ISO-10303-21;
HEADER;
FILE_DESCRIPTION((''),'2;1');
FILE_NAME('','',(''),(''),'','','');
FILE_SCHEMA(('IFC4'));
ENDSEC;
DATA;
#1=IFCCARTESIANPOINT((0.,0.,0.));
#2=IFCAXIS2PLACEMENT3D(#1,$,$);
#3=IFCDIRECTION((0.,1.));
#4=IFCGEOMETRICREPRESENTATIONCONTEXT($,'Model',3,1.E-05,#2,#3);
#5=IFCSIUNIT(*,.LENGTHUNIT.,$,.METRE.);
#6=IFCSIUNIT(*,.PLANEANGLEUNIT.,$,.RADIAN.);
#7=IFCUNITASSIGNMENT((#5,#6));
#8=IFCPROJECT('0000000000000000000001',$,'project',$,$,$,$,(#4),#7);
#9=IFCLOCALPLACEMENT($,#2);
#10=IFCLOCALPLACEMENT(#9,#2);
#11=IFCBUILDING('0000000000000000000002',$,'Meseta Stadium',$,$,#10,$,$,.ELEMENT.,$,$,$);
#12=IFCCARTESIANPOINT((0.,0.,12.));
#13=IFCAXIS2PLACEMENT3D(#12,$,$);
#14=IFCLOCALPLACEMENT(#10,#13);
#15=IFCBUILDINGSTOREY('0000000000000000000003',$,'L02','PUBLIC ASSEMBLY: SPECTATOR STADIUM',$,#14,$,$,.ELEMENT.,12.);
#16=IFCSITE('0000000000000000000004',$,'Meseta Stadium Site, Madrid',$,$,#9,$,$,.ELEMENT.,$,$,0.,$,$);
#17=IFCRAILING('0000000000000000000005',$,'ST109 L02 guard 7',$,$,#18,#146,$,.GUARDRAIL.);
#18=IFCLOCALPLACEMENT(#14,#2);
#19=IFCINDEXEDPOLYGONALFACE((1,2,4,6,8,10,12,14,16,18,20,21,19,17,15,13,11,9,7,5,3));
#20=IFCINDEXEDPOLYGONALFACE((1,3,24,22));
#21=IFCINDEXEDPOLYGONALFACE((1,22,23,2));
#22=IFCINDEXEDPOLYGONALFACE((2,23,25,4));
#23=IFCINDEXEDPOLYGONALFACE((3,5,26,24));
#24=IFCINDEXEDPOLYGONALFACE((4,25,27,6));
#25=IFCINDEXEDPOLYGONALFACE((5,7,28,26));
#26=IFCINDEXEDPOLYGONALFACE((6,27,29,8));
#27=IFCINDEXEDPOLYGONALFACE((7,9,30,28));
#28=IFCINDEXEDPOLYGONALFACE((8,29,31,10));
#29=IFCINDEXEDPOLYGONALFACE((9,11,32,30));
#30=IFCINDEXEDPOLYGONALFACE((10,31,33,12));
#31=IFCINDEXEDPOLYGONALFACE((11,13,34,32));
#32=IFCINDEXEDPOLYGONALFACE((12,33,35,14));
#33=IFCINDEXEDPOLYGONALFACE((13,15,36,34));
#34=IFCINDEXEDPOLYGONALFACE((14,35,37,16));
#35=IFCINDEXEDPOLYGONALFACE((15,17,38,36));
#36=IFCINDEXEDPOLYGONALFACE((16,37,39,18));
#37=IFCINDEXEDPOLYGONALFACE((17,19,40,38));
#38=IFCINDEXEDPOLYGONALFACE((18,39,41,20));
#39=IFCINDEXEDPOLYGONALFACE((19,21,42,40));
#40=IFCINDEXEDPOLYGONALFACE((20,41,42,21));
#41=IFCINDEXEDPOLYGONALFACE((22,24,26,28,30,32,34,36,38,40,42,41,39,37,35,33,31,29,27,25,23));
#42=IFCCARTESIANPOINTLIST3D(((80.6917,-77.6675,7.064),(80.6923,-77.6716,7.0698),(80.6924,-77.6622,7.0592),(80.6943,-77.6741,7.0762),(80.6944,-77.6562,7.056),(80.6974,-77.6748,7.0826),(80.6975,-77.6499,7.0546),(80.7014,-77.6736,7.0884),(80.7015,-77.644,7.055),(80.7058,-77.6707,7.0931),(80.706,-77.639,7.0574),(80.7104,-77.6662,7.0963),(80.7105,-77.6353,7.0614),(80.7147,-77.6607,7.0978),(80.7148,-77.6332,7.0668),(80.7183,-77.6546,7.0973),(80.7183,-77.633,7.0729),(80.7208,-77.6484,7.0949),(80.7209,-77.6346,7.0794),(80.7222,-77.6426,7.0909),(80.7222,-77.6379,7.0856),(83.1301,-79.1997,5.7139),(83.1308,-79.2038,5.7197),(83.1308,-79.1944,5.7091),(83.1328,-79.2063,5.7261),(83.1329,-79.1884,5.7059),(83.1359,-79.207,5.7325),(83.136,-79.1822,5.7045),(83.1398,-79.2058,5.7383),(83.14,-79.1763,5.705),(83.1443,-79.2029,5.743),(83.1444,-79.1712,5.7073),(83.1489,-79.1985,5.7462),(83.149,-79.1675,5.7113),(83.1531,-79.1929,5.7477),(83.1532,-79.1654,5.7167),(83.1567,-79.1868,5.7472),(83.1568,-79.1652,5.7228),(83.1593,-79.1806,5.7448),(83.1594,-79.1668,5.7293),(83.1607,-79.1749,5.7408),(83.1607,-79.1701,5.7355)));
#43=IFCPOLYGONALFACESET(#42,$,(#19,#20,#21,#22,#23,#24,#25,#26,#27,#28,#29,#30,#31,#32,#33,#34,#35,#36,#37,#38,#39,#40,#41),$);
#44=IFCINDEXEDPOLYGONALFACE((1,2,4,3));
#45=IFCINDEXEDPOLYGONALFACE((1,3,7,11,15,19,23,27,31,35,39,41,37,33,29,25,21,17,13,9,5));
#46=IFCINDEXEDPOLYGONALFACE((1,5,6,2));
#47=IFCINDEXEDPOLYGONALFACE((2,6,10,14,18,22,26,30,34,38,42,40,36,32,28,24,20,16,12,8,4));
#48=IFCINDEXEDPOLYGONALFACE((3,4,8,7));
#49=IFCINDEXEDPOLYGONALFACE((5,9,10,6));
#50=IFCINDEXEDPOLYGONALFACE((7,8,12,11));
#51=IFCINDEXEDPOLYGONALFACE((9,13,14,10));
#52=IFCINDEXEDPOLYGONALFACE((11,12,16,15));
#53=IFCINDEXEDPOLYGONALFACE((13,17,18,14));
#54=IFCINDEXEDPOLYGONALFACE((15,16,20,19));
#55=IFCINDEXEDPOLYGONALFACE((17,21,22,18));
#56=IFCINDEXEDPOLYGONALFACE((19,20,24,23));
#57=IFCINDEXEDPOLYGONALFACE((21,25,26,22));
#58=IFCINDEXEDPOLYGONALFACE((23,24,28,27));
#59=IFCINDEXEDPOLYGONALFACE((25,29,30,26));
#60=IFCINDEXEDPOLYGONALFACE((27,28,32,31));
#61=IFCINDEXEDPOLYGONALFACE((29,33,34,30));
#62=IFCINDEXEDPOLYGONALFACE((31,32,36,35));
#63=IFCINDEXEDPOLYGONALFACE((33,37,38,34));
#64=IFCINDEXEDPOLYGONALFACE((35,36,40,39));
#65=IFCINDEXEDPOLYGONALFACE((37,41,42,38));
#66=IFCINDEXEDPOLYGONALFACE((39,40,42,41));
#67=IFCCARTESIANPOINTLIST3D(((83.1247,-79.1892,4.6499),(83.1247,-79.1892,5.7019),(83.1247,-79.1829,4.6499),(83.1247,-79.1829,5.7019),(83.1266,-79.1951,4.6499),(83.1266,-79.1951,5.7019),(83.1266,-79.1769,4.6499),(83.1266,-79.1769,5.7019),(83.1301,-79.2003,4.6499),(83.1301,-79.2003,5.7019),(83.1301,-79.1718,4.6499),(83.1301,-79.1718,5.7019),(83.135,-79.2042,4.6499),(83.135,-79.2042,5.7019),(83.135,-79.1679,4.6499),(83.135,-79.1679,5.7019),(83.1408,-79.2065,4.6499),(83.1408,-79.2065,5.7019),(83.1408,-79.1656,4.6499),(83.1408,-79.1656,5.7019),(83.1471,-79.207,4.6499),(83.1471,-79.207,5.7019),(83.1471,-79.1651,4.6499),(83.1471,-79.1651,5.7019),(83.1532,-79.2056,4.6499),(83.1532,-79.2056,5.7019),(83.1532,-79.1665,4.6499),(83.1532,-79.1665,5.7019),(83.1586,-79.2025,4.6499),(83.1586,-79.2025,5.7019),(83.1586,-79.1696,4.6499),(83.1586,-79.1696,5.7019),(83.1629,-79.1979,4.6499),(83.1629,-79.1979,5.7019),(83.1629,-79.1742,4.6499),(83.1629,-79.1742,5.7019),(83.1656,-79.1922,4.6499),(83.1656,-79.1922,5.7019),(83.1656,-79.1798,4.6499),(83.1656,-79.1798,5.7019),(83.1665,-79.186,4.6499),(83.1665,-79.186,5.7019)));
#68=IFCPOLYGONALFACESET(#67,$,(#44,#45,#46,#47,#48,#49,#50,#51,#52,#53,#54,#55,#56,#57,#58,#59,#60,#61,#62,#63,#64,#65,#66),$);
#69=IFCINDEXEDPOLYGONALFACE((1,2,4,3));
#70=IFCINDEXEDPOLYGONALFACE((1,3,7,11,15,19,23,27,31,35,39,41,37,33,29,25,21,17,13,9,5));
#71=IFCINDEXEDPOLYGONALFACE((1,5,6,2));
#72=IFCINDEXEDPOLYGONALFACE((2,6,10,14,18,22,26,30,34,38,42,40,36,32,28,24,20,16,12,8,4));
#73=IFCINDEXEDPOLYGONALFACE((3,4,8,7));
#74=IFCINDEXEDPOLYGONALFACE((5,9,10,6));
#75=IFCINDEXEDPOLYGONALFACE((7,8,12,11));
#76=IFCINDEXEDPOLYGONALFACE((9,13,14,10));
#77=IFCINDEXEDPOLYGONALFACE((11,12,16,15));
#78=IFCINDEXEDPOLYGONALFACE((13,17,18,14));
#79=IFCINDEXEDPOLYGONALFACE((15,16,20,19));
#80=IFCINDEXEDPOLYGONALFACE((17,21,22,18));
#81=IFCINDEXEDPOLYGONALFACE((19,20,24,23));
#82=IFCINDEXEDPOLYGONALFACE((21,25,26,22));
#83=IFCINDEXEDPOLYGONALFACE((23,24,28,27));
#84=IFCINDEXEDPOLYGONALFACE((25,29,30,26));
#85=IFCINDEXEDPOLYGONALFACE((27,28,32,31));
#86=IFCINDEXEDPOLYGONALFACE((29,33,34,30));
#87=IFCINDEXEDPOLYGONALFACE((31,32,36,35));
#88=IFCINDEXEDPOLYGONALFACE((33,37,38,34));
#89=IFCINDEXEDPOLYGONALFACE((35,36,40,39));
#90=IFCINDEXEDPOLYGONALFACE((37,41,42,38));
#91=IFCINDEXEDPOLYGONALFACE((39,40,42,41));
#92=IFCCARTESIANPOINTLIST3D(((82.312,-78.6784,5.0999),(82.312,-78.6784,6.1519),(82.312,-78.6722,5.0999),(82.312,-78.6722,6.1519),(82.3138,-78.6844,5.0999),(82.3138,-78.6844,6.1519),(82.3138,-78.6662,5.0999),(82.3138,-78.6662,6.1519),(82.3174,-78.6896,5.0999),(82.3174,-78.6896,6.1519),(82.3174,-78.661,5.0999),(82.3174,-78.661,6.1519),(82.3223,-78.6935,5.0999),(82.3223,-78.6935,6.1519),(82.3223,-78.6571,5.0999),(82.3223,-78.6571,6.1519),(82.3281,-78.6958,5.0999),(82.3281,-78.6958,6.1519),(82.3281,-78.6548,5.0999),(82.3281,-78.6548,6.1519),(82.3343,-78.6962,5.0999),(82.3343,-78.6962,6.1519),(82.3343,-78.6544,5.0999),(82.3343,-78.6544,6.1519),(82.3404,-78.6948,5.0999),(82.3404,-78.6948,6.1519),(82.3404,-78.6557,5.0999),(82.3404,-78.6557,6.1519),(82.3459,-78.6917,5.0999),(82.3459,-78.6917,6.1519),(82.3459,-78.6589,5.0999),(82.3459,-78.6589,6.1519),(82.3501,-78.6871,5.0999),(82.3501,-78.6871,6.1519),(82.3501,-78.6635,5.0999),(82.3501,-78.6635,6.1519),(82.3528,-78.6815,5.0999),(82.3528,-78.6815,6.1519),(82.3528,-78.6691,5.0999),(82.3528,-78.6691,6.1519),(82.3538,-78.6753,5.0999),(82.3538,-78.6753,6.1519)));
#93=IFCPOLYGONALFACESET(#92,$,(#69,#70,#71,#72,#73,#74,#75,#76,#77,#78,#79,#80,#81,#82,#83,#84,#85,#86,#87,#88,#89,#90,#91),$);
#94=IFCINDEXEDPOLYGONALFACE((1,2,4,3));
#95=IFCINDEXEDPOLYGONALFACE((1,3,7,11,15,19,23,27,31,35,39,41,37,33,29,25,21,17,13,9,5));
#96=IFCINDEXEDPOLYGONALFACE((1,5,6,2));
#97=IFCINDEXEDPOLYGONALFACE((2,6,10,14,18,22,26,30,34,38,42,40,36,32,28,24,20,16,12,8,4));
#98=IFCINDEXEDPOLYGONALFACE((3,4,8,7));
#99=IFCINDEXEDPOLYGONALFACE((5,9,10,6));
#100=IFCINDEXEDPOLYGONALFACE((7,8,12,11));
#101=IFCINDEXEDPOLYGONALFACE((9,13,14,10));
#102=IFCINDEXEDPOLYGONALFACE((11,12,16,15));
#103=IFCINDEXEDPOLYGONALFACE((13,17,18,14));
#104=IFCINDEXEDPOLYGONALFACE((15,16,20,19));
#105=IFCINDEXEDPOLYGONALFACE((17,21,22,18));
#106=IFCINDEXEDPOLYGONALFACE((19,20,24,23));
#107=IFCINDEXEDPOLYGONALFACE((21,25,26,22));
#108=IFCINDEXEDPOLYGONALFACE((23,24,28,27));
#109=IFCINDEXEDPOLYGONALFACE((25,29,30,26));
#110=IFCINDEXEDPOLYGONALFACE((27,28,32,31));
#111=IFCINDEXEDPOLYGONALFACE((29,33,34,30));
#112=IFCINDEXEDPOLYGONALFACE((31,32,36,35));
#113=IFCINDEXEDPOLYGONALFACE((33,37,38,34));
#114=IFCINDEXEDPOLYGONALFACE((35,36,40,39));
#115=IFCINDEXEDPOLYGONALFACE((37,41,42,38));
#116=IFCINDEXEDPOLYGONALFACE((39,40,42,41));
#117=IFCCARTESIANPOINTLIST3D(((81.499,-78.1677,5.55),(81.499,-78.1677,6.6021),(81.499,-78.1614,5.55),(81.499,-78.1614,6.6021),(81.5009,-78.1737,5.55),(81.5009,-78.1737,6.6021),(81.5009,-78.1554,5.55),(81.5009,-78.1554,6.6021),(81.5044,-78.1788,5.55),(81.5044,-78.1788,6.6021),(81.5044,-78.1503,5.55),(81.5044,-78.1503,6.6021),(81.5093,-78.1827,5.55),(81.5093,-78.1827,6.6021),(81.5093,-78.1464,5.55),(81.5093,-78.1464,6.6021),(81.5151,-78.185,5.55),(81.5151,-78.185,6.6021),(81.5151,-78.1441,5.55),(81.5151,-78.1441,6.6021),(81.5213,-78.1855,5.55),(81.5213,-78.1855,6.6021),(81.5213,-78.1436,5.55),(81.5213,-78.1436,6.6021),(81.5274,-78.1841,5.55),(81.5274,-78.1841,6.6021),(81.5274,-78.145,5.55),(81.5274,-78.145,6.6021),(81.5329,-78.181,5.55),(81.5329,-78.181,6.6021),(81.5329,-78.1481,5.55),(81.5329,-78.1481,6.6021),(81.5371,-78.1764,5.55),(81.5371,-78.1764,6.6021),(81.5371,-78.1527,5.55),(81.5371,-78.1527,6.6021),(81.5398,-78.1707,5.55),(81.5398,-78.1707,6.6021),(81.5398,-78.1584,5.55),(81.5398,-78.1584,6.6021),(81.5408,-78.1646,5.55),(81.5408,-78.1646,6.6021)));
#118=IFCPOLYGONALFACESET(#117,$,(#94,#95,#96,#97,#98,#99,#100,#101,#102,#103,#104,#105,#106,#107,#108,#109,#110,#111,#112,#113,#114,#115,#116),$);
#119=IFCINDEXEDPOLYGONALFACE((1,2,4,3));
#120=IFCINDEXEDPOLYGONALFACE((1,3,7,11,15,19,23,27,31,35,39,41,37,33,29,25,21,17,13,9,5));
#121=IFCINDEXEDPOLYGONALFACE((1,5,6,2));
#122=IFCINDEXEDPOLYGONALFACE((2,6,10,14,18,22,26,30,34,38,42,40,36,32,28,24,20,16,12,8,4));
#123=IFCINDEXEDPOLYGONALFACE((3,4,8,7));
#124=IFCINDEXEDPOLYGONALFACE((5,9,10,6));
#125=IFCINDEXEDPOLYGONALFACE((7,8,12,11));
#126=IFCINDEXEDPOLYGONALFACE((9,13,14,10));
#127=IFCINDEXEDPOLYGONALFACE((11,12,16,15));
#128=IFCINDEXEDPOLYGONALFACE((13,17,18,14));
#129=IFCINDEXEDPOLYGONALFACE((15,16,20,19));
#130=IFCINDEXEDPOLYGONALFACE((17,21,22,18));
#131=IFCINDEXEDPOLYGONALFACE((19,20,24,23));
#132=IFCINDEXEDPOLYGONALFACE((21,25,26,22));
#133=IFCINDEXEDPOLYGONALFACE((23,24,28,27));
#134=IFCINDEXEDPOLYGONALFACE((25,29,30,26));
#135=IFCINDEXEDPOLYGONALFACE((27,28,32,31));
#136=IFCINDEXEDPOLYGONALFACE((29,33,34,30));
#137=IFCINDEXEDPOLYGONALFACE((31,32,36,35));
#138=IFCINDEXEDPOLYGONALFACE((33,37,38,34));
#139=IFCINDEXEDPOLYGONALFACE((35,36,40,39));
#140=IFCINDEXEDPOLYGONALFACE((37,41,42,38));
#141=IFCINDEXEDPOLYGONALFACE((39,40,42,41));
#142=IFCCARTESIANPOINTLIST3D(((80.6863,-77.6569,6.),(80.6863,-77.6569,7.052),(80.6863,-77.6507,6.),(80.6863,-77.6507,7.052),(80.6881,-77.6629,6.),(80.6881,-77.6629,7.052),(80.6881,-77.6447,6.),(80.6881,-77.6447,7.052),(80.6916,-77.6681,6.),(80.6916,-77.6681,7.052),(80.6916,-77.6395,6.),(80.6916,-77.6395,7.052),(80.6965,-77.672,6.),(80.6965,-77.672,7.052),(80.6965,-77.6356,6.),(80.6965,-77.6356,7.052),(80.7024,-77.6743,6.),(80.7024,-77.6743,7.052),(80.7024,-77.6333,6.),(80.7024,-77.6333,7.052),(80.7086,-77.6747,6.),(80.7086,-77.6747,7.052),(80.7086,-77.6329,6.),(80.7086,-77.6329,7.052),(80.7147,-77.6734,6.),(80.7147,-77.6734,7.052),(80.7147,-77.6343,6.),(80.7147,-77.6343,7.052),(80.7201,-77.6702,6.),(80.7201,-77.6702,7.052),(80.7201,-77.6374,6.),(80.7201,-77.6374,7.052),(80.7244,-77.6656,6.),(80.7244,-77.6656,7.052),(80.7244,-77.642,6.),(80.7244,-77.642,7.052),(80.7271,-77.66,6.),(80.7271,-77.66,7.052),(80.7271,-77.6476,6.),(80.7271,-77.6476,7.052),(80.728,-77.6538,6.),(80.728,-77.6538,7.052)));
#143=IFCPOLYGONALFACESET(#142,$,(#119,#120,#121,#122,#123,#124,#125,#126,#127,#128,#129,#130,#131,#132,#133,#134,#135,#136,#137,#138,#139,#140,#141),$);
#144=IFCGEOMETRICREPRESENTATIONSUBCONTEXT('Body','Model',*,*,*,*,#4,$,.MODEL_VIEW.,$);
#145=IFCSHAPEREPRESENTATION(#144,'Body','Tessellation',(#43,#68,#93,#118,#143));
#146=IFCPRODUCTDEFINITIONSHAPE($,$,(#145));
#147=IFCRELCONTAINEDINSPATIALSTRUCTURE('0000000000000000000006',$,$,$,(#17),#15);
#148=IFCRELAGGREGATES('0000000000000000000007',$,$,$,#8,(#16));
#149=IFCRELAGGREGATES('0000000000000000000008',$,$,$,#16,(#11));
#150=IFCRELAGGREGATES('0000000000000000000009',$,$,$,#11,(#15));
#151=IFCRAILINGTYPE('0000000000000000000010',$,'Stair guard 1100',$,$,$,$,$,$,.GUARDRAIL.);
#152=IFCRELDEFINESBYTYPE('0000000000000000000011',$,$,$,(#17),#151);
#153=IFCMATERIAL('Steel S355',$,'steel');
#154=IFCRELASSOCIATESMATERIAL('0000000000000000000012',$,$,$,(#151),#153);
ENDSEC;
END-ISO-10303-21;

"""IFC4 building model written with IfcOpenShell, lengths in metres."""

from ifc_helpers import new_model, si_unit, direction, frame, origin, origin_2d, place, context, subcontext, project, spatial, circle, extrude, material, type_object, element, save


model = new_model("IFC4")

# Units and contexts
model_context = context("Model", 3, precision=1e-05, world=origin(), true_north=direction((0.0, 1.0)))
body_context = subcontext(model_context, "Body", "Model", "MODEL_VIEW")
ifc_project = project(units=[si_unit("LENGTHUNIT", "METRE"), si_unit("PLANEANGLEUNIT", "RADIAN")], contexts=[model_context])

# Site, building, storey
site_placement = place(None, origin())
site = spatial("IfcSite", under=ifc_project, at=site_placement, Name="Meseta Stadium Site, Madrid", CompositionType="ELEMENT", RefElevation=0.0)
building_placement = place(site_placement, origin())
building = spatial("IfcBuilding", under=site, at=building_placement, Name="Meseta Stadium", CompositionType="ELEMENT")
storey_placement = place(building_placement, frame((0.0, 0.0, 12.0)))
storey = spatial("IfcBuildingStorey", under=building, at=storey_placement, Name="L02", Description="PUBLIC ASSEMBLY: SPECTATOR STADIUM", CompositionType="ELEMENT", Elevation=12.0)

# Railing
ifc_material_1 = material(Name="Steel S355", Category="steel")
railing_type_1 = type_object("IfcRailingType", Name="Stair guard 1100", PredefinedType="GUARDRAIL", material=ifc_material_1)
railing_1_placement = place(storey_placement, frame((83.1455, -79.186, 4.6499)))
element("IfcRailing", 1, at=railing_1_placement, inside=storey, type_object=railing_type_1, Name="ST109 L02 guard 7", PredefinedType="GUARDRAIL", context=body_context, shape_type="SweptSolid", body=[
    extrude(circle(Radius=0.0239, at=origin_2d()), frame((0.0, 0.0, 1.0762), z_axis=(-0.766655, 0.481731, 0.42447), x_axis=(-0.53204, -0.846719, 0.0)), (0.0, 0.0, 1.0), 3.1807),
    extrude(circle(Radius=0.021, at=origin_2d()), origin(), (0.0, 0.0, 1.0), 1.052),
    extrude(circle(Radius=0.021, at=origin_2d()), frame((-0.8127, 0.5107, 0.45)), (0.0, 0.0, 1.0), 1.052),
    extrude(circle(Radius=0.021, at=origin_2d()), frame((-1.6257, 1.0215, 0.9001)), (0.0, 0.0, 1.0), 1.052),
    extrude(circle(Radius=0.021, at=origin_2d()), frame((-2.4385, 1.5322, 1.3501)), (0.0, 0.0, 1.0), 1.052),
])

save(model, "model.ifc")
